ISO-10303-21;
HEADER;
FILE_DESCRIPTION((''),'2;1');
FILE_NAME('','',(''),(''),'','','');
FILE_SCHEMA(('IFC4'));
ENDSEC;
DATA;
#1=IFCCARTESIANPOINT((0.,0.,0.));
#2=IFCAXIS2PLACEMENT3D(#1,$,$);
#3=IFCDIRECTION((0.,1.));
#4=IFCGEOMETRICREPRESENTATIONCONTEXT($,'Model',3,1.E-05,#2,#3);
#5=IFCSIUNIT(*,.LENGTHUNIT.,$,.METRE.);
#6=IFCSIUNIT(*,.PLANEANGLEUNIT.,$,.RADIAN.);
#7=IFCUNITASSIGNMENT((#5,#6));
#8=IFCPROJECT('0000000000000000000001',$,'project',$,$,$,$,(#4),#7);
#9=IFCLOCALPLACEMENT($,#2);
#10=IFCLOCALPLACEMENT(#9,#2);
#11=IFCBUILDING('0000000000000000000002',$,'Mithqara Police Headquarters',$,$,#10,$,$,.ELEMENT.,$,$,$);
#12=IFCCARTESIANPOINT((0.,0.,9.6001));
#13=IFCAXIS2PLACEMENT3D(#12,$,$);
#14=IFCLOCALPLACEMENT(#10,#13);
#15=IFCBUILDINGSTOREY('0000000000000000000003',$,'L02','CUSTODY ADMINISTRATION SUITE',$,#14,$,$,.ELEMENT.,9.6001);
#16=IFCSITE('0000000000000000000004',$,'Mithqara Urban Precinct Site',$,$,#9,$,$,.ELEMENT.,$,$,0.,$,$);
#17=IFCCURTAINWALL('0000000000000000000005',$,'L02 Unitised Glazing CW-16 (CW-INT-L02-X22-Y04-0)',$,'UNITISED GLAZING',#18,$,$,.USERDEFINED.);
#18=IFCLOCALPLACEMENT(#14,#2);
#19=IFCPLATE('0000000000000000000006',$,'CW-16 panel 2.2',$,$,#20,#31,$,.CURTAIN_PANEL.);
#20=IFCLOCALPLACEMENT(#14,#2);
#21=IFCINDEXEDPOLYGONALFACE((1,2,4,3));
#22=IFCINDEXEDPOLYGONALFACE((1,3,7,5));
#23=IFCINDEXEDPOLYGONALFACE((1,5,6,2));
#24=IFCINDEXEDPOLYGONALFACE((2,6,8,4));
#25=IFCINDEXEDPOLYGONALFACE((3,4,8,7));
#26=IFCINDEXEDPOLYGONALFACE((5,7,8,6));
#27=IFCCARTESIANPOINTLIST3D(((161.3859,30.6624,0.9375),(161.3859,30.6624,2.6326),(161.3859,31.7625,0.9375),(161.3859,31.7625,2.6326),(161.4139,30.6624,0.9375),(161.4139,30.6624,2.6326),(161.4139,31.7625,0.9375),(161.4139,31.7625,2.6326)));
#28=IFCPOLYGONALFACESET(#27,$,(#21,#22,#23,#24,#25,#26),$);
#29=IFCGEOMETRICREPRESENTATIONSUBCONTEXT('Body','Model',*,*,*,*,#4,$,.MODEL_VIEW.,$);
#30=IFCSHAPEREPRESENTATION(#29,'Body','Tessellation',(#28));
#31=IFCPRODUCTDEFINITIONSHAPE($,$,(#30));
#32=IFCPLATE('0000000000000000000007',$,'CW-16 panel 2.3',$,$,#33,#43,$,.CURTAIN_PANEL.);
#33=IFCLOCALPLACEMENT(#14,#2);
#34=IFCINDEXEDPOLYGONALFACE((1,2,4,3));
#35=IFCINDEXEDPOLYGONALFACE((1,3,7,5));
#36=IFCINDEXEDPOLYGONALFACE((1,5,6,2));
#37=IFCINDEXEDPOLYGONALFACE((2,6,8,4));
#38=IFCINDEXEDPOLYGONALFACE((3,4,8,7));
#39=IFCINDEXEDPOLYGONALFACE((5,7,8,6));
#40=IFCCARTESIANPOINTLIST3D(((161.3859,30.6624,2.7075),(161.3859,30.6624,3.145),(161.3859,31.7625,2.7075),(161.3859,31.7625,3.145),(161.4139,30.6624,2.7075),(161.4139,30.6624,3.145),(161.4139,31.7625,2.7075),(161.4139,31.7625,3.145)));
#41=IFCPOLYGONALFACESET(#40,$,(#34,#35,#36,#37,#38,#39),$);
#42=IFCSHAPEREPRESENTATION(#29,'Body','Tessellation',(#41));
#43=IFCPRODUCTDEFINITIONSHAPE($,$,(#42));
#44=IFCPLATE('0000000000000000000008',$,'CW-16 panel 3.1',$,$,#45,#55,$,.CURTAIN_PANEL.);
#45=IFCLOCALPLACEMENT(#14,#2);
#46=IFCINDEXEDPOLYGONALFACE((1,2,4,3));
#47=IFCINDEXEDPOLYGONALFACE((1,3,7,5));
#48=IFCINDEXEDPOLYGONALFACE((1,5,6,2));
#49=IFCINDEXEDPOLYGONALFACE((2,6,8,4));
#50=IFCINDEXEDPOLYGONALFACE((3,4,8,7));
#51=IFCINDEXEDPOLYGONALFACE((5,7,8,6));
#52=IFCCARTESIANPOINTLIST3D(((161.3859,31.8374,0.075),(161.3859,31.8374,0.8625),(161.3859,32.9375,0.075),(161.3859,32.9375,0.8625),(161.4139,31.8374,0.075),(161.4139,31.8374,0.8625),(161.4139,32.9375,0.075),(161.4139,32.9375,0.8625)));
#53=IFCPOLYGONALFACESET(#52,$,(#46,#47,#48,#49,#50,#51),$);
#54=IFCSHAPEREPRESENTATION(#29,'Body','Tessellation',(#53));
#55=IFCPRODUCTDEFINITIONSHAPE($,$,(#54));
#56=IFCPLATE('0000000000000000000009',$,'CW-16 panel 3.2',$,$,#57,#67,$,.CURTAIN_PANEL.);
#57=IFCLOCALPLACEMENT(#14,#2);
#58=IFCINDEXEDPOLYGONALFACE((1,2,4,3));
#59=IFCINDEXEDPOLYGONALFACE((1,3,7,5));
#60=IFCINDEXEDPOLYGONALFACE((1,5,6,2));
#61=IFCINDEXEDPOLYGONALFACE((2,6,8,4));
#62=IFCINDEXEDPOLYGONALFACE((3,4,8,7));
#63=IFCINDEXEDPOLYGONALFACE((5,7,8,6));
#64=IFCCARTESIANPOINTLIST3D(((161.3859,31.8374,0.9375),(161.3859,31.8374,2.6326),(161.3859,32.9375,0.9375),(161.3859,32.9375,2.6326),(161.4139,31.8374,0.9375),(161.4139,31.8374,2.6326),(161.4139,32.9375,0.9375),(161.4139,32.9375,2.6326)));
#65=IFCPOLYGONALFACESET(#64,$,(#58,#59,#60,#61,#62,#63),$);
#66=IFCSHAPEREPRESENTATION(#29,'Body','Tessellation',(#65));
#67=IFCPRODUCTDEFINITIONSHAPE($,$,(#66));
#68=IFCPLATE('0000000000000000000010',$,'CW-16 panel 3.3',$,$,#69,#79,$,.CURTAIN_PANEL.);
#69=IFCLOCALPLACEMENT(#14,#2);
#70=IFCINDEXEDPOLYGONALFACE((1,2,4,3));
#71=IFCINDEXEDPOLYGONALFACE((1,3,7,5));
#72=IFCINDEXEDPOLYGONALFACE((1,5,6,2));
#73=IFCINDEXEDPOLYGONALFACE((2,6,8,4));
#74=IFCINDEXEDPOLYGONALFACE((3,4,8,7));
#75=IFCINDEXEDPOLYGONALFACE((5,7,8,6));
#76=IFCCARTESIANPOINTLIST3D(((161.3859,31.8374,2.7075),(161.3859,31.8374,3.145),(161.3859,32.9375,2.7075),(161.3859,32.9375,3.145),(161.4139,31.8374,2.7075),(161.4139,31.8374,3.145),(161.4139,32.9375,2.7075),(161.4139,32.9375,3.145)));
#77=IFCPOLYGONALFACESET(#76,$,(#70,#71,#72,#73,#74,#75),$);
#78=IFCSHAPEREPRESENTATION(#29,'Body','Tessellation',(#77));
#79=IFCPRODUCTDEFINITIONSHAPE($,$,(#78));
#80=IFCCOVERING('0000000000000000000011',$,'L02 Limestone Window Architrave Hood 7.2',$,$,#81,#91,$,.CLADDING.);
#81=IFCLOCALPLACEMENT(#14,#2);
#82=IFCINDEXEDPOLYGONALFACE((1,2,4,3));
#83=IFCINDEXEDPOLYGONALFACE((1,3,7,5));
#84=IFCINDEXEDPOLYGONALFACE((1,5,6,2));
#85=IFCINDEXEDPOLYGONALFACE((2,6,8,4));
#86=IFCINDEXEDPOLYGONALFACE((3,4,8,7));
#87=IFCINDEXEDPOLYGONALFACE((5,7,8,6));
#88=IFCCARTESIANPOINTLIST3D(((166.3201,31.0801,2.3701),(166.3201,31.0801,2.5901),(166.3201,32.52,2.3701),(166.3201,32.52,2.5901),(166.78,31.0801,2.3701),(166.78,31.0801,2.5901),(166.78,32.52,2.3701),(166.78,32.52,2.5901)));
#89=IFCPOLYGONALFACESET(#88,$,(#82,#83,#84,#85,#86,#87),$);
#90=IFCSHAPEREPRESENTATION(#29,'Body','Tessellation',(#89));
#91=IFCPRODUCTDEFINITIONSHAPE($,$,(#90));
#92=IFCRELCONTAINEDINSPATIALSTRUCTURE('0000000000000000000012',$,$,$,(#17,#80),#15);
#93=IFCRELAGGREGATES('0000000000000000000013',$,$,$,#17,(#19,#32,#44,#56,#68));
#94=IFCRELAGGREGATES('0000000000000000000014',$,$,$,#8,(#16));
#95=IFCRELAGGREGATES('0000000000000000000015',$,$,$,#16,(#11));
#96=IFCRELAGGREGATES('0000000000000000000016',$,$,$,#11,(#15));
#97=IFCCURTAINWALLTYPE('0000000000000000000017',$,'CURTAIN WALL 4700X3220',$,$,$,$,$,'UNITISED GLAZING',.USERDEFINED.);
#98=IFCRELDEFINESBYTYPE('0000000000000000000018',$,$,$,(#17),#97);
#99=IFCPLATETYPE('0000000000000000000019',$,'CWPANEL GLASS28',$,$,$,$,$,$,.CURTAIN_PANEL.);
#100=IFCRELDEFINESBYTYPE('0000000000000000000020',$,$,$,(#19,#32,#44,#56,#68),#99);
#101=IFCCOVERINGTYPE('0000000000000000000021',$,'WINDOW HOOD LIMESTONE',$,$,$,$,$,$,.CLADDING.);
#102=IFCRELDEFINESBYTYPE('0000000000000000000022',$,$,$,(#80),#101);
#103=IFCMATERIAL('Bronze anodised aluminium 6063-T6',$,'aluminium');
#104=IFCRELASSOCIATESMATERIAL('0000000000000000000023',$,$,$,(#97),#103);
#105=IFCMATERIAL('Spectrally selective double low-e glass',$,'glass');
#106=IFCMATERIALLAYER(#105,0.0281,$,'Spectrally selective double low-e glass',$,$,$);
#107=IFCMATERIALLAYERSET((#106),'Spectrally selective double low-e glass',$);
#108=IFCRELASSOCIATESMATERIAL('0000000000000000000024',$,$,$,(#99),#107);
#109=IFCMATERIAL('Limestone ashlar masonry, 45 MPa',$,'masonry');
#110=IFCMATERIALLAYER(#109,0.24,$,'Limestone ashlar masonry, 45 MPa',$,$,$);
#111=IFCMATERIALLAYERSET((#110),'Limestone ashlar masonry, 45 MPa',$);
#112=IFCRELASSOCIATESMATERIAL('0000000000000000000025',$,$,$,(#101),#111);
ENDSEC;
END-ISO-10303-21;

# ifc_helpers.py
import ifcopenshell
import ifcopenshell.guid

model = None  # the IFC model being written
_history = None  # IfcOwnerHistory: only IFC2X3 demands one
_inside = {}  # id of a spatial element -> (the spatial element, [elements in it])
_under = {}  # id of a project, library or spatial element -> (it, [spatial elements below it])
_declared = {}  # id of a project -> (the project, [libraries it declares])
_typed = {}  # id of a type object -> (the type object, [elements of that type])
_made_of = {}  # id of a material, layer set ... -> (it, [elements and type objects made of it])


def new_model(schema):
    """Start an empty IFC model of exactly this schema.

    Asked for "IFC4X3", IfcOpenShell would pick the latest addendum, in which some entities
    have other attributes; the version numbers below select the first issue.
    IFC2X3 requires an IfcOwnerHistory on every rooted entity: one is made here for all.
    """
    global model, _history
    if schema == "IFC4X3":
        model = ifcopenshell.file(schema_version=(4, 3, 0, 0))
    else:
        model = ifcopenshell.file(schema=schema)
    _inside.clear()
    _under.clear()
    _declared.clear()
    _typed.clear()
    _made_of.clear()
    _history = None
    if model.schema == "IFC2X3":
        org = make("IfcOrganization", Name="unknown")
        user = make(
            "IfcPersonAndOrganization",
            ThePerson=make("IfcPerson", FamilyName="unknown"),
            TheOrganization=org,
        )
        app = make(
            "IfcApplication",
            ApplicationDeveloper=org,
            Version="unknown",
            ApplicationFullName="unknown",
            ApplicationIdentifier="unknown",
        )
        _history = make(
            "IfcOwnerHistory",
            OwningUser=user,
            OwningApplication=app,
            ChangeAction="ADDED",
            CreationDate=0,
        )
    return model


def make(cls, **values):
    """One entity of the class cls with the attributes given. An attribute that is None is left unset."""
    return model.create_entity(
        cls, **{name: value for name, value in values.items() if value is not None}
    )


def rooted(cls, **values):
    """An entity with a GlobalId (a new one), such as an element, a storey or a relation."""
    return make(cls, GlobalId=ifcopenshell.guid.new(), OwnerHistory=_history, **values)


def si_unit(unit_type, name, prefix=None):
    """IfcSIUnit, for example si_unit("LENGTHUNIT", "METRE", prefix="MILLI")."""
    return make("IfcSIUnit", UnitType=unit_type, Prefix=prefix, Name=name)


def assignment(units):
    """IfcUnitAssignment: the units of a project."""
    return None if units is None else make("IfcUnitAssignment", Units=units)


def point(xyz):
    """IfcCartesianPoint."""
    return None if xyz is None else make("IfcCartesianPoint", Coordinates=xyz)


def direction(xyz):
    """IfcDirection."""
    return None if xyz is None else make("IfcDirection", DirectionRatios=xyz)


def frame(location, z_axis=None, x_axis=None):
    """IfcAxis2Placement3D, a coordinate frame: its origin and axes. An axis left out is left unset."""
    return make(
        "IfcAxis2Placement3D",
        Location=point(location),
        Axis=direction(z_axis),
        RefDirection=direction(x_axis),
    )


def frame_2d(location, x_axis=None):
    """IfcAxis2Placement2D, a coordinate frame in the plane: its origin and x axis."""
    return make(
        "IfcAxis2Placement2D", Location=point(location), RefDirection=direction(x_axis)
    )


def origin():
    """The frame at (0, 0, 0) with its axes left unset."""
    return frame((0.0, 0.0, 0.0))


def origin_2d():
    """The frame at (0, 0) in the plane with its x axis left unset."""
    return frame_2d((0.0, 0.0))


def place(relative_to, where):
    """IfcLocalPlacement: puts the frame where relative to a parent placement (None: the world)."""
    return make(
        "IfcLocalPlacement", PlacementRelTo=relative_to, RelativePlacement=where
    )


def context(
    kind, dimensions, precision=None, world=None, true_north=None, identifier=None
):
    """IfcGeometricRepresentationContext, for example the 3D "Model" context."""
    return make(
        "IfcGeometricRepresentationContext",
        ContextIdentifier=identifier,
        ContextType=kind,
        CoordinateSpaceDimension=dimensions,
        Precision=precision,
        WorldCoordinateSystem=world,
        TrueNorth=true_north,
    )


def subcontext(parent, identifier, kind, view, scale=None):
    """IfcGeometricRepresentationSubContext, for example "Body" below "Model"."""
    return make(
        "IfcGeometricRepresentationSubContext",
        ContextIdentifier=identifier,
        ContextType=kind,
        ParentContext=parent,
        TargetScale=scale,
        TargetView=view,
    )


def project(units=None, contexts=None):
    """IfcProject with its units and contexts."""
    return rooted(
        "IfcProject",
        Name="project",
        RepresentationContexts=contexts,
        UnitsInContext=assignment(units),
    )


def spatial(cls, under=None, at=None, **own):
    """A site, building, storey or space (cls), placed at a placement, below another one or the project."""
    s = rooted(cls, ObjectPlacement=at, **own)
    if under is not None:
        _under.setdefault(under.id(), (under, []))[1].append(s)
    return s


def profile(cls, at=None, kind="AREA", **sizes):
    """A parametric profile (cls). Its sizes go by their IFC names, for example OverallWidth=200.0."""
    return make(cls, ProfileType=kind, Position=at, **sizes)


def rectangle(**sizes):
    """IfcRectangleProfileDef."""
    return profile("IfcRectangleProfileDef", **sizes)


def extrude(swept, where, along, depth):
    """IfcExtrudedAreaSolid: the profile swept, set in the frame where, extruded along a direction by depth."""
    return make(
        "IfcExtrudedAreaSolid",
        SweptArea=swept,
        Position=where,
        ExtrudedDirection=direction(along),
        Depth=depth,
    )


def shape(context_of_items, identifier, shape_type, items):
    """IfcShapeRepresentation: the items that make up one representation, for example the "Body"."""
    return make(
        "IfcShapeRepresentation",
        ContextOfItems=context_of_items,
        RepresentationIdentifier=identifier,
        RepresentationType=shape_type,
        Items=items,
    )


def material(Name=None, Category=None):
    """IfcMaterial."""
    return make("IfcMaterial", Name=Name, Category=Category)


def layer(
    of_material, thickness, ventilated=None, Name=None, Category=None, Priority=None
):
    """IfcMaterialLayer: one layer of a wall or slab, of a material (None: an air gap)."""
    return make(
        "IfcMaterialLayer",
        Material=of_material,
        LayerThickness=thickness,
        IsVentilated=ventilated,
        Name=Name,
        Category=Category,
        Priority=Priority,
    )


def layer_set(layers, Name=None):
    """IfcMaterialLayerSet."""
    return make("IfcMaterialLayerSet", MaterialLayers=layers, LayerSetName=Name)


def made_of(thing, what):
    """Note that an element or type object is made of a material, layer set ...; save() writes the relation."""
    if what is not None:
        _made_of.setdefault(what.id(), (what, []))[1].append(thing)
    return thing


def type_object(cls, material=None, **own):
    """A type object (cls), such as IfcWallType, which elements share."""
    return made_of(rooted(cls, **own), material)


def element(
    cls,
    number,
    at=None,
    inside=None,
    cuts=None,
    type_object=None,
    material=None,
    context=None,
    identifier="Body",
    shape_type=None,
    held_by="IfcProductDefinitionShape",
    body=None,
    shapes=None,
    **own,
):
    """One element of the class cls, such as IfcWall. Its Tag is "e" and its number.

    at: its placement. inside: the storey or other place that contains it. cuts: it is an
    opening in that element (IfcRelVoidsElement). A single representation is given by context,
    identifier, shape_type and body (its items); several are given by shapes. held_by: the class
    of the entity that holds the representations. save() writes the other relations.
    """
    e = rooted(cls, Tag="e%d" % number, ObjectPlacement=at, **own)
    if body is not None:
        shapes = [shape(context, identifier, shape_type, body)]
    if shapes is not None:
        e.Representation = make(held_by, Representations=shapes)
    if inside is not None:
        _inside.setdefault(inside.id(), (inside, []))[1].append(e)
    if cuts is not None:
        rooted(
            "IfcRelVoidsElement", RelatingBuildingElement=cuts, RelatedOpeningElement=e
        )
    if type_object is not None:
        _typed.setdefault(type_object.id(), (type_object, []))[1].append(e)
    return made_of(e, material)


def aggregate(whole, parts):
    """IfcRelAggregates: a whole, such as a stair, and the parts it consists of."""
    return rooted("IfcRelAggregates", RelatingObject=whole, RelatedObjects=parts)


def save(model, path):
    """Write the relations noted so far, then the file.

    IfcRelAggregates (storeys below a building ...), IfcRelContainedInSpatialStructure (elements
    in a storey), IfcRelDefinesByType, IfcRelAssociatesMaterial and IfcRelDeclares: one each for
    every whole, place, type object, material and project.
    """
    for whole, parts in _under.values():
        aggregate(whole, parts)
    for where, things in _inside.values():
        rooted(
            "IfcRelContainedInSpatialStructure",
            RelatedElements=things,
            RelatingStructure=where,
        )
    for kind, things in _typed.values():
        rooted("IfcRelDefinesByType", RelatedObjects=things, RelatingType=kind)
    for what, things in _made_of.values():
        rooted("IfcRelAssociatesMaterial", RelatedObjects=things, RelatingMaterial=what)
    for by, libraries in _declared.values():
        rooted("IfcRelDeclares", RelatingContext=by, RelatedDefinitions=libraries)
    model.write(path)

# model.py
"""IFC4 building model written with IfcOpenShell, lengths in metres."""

from ifc_helpers import new_model, si_unit, direction, frame, origin, origin_2d, place, context, subcontext, project, spatial, rectangle, extrude, material, layer, layer_set, type_object, element, aggregate, save


model = new_model("IFC4")

# Units and contexts
model_context = context("Model", 3, precision=1e-05, world=origin(), true_north=direction((0.0, 1.0)))
body_context = subcontext(model_context, "Body", "Model", "MODEL_VIEW")
ifc_project = project(units=[si_unit("LENGTHUNIT", "METRE"), si_unit("PLANEANGLEUNIT", "RADIAN")], contexts=[model_context])

# Site, building, storey
site_placement = place(None, origin())
site = spatial("IfcSite", under=ifc_project, at=site_placement, Name="Mithqara Urban Precinct Site", CompositionType="ELEMENT", RefElevation=0.0)
building_placement = place(site_placement, origin())
building = spatial("IfcBuilding", under=site, at=building_placement, Name="Mithqara Police Headquarters", CompositionType="ELEMENT")
storey_placement = place(building_placement, frame((0.0, 0.0, 9.6001)))
storey = spatial("IfcBuildingStorey", under=building, at=storey_placement, Name="L02", Description="CUSTODY ADMINISTRATION SUITE", CompositionType="ELEMENT", Elevation=9.6001)

# Curtain wall, plates
ifc_material_1 = material(Name="Bronze anodised aluminium 6063-T6", Category="aluminium")
curtain_wall_type = type_object("IfcCurtainWallType", Name="CURTAIN WALL 4700X3220", ElementType="UNITISED GLAZING", PredefinedType="USERDEFINED", material=ifc_material_1)
curtain_wall_placement = place(storey_placement, origin())
curtain_wall = element("IfcCurtainWall", 1, at=curtain_wall_placement, inside=storey, type_object=curtain_wall_type, Name="L02 Unitised Glazing CW-16 (CW-INT-L02-X22-Y04-0)", ObjectType="UNITISED GLAZING", PredefinedType="USERDEFINED")
ifc_material_2 = material(Name="Spectrally selective double low-e glass", Category="glass")
ifc_layer_1 = layer(ifc_material_2, 0.0281, Name="Spectrally selective double low-e glass")
ifc_layer_set_1 = layer_set([ifc_layer_1], Name="Spectrally selective double low-e glass")
plate_type = type_object("IfcPlateType", Name="CWPANEL GLASS28", PredefinedType="CURTAIN_PANEL", material=ifc_layer_set_1)
plate_1_placement = place(storey_placement, frame((161.3999, 31.2124, 0.9375), z_axis=(0.0, 0.0, 1.0), x_axis=(0.0, 1.0, 0.0)))
plate_1 = element("IfcPlate", 2, at=plate_1_placement, type_object=plate_type, Name="CW-16 panel 2.2", PredefinedType="CURTAIN_PANEL", context=body_context, shape_type="SweptSolid", body=[
    extrude(rectangle(XDim=1.1001, YDim=0.0281, at=origin_2d()), origin(), (0.0, 0.0, 1.0), 1.6951),
])
plate_2_placement = place(storey_placement, frame((161.3999, 31.2124, 2.7075), z_axis=(0.0, 0.0, 1.0), x_axis=(0.0, 1.0, 0.0)))
plate_2 = element("IfcPlate", 3, at=plate_2_placement, type_object=plate_type, Name="CW-16 panel 2.3", PredefinedType="CURTAIN_PANEL", context=body_context, shape_type="SweptSolid", body=[
    extrude(rectangle(XDim=1.1001, YDim=0.0281, at=origin_2d()), origin(), (0.0, 0.0, 1.0), 0.4375),
])
plate_3_placement = place(storey_placement, frame((161.3999, 32.3875, 0.075), z_axis=(0.0, 0.0, 1.0), x_axis=(0.0, 1.0, 0.0)))
plate_3 = element("IfcPlate", 4, at=plate_3_placement, type_object=plate_type, Name="CW-16 panel 3.1", PredefinedType="CURTAIN_PANEL", context=body_context, shape_type="SweptSolid", body=[
    extrude(rectangle(XDim=1.1001, YDim=0.0281, at=origin_2d()), origin(), (0.0, 0.0, 1.0), 0.7876),
])
plate_4_placement = place(storey_placement, frame((161.3999, 32.3875, 0.9375), z_axis=(0.0, 0.0, 1.0), x_axis=(0.0, 1.0, 0.0)))
plate_4 = element("IfcPlate", 5, at=plate_4_placement, type_object=plate_type, Name="CW-16 panel 3.2", PredefinedType="CURTAIN_PANEL", context=body_context, shape_type="SweptSolid", body=[
    extrude(rectangle(XDim=1.1001, YDim=0.0281, at=origin_2d()), origin(), (0.0, 0.0, 1.0), 1.6951),
])
plate_5_placement = place(storey_placement, frame((161.3999, 32.3875, 2.7075), z_axis=(0.0, 0.0, 1.0), x_axis=(0.0, 1.0, 0.0)))
plate_5 = element("IfcPlate", 6, at=plate_5_placement, type_object=plate_type, Name="CW-16 panel 3.3", PredefinedType="CURTAIN_PANEL", context=body_context, shape_type="SweptSolid", body=[
    extrude(rectangle(XDim=1.1001, YDim=0.0281, at=origin_2d()), origin(), (0.0, 0.0, 1.0), 0.4375),
])
aggregate(curtain_wall, [plate_1, plate_2, plate_3, plate_4, plate_5])

# Covering
ifc_material_3 = material(Name="Limestone ashlar masonry, 45 MPa", Category="masonry")
ifc_layer_2 = layer(ifc_material_3, 0.24, Name="Limestone ashlar masonry, 45 MPa")
ifc_layer_set_2 = layer_set([ifc_layer_2], Name="Limestone ashlar masonry, 45 MPa")
covering_type = type_object("IfcCoveringType", Name="WINDOW HOOD LIMESTONE", PredefinedType="CLADDING", material=ifc_layer_set_2)
covering_placement = place(storey_placement, frame((166.55, 31.8, 2.3701), z_axis=(0.0, 0.0, 1.0), x_axis=(0.0, 1.0, 0.0)))
element("IfcCovering", 7, at=covering_placement, inside=storey, type_object=covering_type, Name="L02 Limestone Window Architrave Hood 7.2", PredefinedType="CLADDING", context=body_context, shape_type="SweptSolid", body=[
    extrude(rectangle(XDim=1.4399, YDim=0.46, at=origin_2d()), origin(), (0.0, 0.0, 1.0), 0.22),
])

save(model, "model.ifc")
